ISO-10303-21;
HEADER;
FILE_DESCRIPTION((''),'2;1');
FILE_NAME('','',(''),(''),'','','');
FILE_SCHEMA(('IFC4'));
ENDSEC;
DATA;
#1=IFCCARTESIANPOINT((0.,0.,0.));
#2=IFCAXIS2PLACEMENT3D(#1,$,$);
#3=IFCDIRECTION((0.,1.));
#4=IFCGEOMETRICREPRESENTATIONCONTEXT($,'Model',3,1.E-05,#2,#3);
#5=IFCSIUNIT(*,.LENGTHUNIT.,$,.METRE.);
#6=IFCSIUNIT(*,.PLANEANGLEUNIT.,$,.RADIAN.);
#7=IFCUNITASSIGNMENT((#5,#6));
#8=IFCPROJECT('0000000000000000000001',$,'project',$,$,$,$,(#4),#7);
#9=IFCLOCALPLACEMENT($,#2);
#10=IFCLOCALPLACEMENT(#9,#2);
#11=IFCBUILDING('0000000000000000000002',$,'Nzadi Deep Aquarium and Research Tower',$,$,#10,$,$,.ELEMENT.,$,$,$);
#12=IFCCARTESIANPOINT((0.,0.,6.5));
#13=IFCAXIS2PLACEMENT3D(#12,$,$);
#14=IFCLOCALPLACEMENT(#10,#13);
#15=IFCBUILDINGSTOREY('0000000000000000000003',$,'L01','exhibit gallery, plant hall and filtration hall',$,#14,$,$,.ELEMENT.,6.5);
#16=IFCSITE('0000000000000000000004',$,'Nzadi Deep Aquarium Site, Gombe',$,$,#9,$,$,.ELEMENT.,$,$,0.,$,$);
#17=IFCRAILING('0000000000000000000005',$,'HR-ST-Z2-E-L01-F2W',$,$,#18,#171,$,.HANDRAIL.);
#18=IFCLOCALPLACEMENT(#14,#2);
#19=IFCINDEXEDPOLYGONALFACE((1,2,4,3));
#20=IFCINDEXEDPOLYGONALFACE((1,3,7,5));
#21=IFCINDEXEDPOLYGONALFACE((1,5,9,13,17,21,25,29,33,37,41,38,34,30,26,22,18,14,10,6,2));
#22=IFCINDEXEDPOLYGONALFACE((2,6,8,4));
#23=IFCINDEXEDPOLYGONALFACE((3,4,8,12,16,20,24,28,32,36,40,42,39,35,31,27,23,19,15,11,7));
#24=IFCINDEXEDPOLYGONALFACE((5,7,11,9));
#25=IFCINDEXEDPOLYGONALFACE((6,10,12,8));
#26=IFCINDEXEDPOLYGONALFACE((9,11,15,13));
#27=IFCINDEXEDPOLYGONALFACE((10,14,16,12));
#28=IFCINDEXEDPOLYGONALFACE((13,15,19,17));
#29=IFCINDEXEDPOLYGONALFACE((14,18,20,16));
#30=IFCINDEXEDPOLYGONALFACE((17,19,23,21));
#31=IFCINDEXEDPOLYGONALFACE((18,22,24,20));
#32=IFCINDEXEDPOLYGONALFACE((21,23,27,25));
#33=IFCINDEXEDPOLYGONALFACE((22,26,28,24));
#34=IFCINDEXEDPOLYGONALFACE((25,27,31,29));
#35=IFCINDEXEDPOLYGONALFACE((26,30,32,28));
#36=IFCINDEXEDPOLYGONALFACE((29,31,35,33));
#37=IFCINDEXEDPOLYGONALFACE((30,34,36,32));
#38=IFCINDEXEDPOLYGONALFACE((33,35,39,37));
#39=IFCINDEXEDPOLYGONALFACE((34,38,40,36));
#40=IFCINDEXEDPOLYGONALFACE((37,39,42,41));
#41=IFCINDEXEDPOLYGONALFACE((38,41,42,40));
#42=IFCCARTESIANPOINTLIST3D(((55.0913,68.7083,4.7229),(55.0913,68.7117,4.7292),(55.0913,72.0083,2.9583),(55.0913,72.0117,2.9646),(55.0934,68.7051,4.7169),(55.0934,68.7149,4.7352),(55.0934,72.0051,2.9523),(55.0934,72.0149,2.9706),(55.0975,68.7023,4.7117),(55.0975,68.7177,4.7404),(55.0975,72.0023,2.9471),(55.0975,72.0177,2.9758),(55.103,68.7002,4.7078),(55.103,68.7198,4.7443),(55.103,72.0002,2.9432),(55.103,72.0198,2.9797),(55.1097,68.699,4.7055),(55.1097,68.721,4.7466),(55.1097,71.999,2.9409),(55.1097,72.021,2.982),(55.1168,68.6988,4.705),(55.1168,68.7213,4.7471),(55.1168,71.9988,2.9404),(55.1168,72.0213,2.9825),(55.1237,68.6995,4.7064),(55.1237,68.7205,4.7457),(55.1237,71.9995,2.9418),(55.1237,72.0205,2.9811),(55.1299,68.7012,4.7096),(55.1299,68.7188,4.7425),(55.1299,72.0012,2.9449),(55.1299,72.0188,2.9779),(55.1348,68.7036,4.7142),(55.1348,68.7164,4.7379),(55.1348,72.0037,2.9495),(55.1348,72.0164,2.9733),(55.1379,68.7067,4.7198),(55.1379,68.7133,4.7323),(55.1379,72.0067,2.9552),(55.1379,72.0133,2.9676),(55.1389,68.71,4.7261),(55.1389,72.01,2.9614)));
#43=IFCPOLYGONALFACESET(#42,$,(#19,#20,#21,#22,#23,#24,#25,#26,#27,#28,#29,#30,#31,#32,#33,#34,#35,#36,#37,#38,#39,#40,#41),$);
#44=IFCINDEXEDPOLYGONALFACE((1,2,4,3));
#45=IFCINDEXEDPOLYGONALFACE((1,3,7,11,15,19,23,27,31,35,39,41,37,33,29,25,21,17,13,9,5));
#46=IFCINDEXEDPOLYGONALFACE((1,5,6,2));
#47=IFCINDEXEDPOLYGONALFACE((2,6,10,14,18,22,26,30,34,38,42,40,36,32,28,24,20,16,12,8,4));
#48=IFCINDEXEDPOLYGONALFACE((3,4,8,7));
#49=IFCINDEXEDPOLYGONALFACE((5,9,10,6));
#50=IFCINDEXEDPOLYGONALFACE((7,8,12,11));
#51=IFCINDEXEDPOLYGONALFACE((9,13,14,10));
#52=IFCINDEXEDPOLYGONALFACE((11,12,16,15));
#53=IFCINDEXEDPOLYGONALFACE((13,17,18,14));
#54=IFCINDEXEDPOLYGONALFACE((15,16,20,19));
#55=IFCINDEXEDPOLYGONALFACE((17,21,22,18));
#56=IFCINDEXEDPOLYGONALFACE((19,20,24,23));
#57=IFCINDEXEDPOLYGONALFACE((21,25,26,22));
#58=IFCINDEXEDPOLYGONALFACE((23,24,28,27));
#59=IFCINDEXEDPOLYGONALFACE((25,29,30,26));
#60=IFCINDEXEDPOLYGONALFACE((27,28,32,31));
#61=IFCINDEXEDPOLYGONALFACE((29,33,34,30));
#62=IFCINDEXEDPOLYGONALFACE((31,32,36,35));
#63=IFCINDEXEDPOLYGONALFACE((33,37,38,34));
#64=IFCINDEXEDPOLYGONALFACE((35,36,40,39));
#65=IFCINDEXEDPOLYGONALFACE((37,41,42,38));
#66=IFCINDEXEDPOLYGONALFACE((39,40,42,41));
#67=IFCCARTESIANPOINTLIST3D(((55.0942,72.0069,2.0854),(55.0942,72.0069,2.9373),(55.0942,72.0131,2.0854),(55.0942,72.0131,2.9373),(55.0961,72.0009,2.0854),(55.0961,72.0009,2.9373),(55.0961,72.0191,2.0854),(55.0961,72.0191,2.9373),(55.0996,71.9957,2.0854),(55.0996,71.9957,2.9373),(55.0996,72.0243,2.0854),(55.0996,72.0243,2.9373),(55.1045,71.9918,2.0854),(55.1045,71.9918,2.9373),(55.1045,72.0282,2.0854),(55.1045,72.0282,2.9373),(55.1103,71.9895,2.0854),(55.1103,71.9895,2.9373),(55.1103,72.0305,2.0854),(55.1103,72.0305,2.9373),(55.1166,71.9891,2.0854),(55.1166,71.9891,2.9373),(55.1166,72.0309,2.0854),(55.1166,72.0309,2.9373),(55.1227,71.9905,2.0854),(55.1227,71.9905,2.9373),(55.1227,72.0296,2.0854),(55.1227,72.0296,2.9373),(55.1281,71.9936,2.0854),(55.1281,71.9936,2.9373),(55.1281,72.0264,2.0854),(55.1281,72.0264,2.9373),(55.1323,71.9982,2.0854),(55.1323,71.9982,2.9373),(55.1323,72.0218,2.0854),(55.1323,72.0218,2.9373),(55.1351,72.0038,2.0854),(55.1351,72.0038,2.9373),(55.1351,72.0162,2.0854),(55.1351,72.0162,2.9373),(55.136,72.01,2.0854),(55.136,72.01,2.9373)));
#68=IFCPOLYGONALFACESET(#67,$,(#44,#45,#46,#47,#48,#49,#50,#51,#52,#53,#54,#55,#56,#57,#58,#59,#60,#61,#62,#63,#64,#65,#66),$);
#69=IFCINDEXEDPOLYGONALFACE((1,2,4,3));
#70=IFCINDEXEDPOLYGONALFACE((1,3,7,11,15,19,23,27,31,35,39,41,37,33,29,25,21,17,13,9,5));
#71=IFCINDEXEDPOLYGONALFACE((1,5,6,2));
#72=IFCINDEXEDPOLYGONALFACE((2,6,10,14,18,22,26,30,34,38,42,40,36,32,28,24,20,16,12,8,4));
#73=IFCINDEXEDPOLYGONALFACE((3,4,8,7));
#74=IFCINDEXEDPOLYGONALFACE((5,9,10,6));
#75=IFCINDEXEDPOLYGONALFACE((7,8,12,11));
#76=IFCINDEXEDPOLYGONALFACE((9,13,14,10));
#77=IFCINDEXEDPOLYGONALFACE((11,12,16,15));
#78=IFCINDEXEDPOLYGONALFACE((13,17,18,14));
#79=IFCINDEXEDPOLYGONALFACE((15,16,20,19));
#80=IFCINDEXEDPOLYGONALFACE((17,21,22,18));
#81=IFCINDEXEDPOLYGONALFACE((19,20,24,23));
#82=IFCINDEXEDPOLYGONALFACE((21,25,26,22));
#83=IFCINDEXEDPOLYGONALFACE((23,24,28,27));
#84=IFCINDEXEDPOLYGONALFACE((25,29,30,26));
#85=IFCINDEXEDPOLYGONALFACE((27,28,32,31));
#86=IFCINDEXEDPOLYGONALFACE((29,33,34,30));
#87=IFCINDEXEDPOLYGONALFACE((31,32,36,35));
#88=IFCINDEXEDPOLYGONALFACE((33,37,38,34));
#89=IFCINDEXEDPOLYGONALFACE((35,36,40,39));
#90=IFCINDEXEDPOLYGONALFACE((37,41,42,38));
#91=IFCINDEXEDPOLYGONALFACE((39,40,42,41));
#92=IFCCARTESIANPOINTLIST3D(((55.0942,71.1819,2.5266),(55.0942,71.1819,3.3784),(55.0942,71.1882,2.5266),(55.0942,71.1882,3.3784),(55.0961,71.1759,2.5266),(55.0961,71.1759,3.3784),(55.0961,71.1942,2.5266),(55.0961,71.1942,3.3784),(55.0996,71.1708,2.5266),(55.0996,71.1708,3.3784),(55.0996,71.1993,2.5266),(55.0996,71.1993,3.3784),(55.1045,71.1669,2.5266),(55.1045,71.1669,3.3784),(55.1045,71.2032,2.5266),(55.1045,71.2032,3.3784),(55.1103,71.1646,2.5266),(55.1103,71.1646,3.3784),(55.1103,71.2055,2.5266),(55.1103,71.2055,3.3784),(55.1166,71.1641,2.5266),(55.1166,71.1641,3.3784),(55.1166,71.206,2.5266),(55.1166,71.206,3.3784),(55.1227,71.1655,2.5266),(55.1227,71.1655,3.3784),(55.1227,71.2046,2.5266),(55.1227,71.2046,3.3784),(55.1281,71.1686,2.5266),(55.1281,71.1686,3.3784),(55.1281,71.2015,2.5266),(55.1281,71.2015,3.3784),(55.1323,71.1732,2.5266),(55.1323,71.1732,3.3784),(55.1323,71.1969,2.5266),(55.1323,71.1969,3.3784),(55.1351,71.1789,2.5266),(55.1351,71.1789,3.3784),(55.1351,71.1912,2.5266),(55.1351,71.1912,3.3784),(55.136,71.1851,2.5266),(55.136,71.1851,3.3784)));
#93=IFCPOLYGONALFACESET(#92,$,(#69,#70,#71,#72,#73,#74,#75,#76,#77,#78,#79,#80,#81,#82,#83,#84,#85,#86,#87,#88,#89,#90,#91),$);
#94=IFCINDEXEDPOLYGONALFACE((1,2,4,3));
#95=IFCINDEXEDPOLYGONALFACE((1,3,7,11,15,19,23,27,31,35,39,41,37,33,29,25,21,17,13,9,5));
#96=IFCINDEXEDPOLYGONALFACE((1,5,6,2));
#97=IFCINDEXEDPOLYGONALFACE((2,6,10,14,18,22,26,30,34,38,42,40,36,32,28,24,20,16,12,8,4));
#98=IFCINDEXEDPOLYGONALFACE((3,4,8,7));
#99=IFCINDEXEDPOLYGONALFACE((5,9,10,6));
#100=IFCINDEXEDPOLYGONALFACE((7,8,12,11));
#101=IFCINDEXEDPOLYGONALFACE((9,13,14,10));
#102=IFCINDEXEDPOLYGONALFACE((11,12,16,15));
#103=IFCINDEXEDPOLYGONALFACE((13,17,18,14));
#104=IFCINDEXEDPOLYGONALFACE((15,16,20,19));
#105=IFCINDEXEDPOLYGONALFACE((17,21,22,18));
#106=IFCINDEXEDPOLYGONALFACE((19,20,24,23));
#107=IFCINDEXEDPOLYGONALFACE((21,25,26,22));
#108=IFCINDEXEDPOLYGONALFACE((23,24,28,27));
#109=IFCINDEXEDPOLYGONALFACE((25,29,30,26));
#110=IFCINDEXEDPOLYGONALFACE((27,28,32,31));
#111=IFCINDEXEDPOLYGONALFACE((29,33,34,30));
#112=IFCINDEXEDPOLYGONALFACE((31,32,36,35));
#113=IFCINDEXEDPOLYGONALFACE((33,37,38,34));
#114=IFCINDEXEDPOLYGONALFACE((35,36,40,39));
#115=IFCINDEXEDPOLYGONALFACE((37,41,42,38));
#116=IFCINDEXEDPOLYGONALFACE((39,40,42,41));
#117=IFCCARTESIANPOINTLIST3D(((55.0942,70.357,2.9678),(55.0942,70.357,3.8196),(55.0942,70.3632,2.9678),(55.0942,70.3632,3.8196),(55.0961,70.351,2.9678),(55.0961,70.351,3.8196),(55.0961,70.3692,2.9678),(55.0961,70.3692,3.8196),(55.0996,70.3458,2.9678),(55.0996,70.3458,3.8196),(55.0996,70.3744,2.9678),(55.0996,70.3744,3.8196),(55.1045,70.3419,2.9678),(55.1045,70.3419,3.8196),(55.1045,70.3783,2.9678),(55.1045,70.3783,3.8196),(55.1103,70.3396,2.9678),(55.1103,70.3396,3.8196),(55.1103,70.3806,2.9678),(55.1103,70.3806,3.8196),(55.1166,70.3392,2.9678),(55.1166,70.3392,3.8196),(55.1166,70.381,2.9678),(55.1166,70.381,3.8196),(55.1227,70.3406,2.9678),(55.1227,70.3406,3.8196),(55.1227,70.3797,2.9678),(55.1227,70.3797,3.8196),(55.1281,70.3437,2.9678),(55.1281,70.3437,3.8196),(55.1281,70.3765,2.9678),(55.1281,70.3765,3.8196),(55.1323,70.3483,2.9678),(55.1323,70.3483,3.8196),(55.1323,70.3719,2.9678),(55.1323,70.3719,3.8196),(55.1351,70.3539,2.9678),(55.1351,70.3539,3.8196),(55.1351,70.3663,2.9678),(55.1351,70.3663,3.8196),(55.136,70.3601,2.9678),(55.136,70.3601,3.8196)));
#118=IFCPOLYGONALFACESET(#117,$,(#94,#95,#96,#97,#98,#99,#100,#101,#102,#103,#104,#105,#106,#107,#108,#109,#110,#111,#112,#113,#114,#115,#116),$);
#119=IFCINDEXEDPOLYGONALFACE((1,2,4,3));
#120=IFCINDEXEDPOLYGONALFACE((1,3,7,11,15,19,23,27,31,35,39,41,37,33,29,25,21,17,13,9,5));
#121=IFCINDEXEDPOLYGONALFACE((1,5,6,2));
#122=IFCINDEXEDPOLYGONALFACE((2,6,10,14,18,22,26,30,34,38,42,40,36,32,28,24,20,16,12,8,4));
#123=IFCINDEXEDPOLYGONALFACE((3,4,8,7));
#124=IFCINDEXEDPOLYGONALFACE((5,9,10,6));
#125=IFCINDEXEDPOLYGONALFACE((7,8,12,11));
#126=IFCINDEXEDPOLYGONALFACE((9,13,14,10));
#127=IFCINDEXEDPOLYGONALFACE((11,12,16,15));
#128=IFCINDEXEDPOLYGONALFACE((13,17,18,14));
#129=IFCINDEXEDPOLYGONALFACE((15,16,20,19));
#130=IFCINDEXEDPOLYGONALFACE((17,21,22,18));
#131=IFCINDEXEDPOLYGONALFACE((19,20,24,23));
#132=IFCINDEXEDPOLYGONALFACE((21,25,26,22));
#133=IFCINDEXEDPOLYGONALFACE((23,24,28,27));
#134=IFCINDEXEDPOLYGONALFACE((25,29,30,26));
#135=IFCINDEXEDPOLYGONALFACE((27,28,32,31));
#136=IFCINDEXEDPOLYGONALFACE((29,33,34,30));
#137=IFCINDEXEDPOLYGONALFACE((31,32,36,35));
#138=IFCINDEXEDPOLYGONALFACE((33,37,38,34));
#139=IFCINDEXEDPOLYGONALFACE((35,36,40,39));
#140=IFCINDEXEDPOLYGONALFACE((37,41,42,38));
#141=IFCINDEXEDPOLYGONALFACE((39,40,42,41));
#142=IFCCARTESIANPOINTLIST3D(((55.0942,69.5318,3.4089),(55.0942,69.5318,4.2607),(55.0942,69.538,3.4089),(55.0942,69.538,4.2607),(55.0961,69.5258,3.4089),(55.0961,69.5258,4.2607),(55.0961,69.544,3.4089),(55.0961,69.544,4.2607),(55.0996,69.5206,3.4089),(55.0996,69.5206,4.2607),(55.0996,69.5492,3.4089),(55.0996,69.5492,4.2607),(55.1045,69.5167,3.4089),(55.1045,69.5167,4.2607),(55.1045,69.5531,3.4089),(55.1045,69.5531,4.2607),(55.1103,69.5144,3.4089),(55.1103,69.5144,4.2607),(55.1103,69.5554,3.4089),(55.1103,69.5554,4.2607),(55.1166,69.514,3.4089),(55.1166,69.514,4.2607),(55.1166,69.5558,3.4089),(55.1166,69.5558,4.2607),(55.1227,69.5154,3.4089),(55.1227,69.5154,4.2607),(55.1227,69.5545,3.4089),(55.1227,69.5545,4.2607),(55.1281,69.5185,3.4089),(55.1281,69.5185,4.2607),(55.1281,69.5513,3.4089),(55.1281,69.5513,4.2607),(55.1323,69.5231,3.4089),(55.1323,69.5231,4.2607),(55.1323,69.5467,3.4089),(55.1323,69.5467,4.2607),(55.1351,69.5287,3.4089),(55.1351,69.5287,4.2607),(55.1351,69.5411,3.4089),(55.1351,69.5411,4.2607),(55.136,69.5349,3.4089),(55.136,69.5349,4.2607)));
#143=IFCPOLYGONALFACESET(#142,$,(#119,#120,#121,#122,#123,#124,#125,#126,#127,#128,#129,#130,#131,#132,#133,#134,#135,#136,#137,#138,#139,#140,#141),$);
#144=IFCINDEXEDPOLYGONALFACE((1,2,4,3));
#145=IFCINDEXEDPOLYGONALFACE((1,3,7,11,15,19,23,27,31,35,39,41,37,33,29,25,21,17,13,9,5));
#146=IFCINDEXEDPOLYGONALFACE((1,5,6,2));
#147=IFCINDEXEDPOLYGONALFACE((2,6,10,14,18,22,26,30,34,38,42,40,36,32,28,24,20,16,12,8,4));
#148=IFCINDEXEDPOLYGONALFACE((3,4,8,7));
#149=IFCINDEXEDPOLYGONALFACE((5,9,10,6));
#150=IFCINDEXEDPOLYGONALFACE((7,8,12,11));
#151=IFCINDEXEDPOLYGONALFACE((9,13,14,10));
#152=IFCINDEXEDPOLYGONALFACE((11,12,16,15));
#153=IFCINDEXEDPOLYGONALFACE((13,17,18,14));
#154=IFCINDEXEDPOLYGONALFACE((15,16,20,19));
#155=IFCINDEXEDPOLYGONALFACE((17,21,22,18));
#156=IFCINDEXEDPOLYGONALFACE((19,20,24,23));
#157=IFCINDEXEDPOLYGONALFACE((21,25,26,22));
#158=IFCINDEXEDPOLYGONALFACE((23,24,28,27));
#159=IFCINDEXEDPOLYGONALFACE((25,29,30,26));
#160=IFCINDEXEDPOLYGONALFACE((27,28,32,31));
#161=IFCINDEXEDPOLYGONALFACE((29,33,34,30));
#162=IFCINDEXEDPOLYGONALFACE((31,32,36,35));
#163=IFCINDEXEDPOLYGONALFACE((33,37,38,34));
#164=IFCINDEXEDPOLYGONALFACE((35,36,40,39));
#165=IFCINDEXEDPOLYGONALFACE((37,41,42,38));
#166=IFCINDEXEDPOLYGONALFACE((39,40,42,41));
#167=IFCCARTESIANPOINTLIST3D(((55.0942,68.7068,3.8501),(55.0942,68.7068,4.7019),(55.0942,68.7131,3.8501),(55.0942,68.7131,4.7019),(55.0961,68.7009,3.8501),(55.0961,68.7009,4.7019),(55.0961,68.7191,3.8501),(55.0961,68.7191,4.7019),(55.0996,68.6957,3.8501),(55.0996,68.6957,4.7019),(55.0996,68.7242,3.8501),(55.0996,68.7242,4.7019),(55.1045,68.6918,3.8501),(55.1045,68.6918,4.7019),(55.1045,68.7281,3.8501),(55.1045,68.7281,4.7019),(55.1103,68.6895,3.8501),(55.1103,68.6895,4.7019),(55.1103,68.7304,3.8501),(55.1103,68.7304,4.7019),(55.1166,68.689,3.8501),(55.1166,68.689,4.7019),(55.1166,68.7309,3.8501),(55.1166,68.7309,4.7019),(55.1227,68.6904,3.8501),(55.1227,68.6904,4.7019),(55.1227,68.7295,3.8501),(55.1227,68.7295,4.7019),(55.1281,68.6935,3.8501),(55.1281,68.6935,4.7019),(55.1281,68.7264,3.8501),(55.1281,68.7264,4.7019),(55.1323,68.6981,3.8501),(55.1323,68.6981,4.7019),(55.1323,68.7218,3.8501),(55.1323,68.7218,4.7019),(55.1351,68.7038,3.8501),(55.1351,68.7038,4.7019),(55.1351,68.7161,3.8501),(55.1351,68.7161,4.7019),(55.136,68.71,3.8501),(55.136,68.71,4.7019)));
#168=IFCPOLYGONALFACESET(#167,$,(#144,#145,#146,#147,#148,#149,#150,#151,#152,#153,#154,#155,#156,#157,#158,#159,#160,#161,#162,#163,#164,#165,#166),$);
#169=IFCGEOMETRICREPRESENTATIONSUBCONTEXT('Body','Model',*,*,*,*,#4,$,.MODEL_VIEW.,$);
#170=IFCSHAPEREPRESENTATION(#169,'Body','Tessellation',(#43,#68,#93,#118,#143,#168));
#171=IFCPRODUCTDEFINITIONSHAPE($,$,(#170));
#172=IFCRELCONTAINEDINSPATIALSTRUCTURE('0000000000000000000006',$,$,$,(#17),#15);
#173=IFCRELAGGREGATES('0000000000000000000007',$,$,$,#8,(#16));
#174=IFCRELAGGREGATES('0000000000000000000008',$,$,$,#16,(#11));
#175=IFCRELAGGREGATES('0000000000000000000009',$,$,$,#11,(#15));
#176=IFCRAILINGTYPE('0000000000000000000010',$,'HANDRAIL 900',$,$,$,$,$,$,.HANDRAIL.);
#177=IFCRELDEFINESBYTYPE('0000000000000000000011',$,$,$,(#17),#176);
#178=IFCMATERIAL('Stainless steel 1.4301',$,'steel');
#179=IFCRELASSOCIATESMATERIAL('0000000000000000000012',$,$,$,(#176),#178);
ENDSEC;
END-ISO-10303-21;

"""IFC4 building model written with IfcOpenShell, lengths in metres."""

from ifc_helpers import new_model, si_unit, direction, frame, origin, origin_2d, place, context, subcontext, project, spatial, circle, extrude, material, type_object, element, save


model = new_model("IFC4")

# Units and contexts
model_context = context("Model", 3, precision=1e-05, world=origin(), true_north=direction((0.0, 1.0)))
body_context = subcontext(model_context, "Body", "Model", "MODEL_VIEW")
ifc_project = project(units=[si_unit("LENGTHUNIT", "METRE"), si_unit("PLANEANGLEUNIT", "RADIAN")], contexts=[model_context])

# Site, building, storey
site_placement = place(None, origin())
site = spatial("IfcSite", under=ifc_project, at=site_placement, Name="Nzadi Deep Aquarium Site, Gombe", CompositionType="ELEMENT", RefElevation=0.0)
building_placement = place(site_placement, origin())
building = spatial("IfcBuilding", under=site, at=building_placement, Name="Nzadi Deep Aquarium and Research Tower", CompositionType="ELEMENT")
storey_placement = place(building_placement, frame((0.0, 0.0, 6.5)))
storey = spatial("IfcBuildingStorey", under=building, at=storey_placement, Name="L01", Description="exhibit gallery, plant hall and filtration hall", CompositionType="ELEMENT", Elevation=6.5)

# Railing
ifc_material_1 = material(Name="Stainless steel 1.4301", Category="steel")
railing_type = type_object("IfcRailingType", Name="HANDRAIL 900", PredefinedType="HANDRAIL", material=ifc_material_1)
for number, where, name in (
    (1, (55.115, 72.01, 2.0854), "HR-ST-Z2-E-L01-F2W"),
):
    element("IfcRailing", number, at=place(storey_placement, frame(where)), inside=storey, type_object=railing_type, Name=name, PredefinedType="HANDRAIL", context=body_context, shape_type="SweptSolid", body=[
        extrude(circle(Radius=0.0239, at=origin_2d()), frame((0.0, 0.0, 0.876), z_axis=(0.0, -0.88184, 0.47155), x_axis=(1.0, 0.0, 0.0)), (0.0, 0.0, 1.0), 3.7422),
        extrude(circle(Radius=0.021, at=origin_2d()), origin(), (0.0, 0.0, 1.0), 0.8518),
        extrude(circle(Radius=0.021, at=origin_2d()), frame((0.0, -0.825, 0.4412)), (0.0, 0.0, 1.0), 0.8518),
        extrude(circle(Radius=0.021, at=origin_2d()), frame((0.0, -1.6499, 0.8823)), (0.0, 0.0, 1.0), 0.8518),
        extrude(circle(Radius=0.021, at=origin_2d()), frame((0.0, -2.4751, 1.3235)), (0.0, 0.0, 1.0), 0.8518),
        extrude(circle(Radius=0.021, at=origin_2d()), frame((0.0, -3.3, 1.7646)), (0.0, 0.0, 1.0), 0.8518),
    ])

save(model, "model.ifc")
